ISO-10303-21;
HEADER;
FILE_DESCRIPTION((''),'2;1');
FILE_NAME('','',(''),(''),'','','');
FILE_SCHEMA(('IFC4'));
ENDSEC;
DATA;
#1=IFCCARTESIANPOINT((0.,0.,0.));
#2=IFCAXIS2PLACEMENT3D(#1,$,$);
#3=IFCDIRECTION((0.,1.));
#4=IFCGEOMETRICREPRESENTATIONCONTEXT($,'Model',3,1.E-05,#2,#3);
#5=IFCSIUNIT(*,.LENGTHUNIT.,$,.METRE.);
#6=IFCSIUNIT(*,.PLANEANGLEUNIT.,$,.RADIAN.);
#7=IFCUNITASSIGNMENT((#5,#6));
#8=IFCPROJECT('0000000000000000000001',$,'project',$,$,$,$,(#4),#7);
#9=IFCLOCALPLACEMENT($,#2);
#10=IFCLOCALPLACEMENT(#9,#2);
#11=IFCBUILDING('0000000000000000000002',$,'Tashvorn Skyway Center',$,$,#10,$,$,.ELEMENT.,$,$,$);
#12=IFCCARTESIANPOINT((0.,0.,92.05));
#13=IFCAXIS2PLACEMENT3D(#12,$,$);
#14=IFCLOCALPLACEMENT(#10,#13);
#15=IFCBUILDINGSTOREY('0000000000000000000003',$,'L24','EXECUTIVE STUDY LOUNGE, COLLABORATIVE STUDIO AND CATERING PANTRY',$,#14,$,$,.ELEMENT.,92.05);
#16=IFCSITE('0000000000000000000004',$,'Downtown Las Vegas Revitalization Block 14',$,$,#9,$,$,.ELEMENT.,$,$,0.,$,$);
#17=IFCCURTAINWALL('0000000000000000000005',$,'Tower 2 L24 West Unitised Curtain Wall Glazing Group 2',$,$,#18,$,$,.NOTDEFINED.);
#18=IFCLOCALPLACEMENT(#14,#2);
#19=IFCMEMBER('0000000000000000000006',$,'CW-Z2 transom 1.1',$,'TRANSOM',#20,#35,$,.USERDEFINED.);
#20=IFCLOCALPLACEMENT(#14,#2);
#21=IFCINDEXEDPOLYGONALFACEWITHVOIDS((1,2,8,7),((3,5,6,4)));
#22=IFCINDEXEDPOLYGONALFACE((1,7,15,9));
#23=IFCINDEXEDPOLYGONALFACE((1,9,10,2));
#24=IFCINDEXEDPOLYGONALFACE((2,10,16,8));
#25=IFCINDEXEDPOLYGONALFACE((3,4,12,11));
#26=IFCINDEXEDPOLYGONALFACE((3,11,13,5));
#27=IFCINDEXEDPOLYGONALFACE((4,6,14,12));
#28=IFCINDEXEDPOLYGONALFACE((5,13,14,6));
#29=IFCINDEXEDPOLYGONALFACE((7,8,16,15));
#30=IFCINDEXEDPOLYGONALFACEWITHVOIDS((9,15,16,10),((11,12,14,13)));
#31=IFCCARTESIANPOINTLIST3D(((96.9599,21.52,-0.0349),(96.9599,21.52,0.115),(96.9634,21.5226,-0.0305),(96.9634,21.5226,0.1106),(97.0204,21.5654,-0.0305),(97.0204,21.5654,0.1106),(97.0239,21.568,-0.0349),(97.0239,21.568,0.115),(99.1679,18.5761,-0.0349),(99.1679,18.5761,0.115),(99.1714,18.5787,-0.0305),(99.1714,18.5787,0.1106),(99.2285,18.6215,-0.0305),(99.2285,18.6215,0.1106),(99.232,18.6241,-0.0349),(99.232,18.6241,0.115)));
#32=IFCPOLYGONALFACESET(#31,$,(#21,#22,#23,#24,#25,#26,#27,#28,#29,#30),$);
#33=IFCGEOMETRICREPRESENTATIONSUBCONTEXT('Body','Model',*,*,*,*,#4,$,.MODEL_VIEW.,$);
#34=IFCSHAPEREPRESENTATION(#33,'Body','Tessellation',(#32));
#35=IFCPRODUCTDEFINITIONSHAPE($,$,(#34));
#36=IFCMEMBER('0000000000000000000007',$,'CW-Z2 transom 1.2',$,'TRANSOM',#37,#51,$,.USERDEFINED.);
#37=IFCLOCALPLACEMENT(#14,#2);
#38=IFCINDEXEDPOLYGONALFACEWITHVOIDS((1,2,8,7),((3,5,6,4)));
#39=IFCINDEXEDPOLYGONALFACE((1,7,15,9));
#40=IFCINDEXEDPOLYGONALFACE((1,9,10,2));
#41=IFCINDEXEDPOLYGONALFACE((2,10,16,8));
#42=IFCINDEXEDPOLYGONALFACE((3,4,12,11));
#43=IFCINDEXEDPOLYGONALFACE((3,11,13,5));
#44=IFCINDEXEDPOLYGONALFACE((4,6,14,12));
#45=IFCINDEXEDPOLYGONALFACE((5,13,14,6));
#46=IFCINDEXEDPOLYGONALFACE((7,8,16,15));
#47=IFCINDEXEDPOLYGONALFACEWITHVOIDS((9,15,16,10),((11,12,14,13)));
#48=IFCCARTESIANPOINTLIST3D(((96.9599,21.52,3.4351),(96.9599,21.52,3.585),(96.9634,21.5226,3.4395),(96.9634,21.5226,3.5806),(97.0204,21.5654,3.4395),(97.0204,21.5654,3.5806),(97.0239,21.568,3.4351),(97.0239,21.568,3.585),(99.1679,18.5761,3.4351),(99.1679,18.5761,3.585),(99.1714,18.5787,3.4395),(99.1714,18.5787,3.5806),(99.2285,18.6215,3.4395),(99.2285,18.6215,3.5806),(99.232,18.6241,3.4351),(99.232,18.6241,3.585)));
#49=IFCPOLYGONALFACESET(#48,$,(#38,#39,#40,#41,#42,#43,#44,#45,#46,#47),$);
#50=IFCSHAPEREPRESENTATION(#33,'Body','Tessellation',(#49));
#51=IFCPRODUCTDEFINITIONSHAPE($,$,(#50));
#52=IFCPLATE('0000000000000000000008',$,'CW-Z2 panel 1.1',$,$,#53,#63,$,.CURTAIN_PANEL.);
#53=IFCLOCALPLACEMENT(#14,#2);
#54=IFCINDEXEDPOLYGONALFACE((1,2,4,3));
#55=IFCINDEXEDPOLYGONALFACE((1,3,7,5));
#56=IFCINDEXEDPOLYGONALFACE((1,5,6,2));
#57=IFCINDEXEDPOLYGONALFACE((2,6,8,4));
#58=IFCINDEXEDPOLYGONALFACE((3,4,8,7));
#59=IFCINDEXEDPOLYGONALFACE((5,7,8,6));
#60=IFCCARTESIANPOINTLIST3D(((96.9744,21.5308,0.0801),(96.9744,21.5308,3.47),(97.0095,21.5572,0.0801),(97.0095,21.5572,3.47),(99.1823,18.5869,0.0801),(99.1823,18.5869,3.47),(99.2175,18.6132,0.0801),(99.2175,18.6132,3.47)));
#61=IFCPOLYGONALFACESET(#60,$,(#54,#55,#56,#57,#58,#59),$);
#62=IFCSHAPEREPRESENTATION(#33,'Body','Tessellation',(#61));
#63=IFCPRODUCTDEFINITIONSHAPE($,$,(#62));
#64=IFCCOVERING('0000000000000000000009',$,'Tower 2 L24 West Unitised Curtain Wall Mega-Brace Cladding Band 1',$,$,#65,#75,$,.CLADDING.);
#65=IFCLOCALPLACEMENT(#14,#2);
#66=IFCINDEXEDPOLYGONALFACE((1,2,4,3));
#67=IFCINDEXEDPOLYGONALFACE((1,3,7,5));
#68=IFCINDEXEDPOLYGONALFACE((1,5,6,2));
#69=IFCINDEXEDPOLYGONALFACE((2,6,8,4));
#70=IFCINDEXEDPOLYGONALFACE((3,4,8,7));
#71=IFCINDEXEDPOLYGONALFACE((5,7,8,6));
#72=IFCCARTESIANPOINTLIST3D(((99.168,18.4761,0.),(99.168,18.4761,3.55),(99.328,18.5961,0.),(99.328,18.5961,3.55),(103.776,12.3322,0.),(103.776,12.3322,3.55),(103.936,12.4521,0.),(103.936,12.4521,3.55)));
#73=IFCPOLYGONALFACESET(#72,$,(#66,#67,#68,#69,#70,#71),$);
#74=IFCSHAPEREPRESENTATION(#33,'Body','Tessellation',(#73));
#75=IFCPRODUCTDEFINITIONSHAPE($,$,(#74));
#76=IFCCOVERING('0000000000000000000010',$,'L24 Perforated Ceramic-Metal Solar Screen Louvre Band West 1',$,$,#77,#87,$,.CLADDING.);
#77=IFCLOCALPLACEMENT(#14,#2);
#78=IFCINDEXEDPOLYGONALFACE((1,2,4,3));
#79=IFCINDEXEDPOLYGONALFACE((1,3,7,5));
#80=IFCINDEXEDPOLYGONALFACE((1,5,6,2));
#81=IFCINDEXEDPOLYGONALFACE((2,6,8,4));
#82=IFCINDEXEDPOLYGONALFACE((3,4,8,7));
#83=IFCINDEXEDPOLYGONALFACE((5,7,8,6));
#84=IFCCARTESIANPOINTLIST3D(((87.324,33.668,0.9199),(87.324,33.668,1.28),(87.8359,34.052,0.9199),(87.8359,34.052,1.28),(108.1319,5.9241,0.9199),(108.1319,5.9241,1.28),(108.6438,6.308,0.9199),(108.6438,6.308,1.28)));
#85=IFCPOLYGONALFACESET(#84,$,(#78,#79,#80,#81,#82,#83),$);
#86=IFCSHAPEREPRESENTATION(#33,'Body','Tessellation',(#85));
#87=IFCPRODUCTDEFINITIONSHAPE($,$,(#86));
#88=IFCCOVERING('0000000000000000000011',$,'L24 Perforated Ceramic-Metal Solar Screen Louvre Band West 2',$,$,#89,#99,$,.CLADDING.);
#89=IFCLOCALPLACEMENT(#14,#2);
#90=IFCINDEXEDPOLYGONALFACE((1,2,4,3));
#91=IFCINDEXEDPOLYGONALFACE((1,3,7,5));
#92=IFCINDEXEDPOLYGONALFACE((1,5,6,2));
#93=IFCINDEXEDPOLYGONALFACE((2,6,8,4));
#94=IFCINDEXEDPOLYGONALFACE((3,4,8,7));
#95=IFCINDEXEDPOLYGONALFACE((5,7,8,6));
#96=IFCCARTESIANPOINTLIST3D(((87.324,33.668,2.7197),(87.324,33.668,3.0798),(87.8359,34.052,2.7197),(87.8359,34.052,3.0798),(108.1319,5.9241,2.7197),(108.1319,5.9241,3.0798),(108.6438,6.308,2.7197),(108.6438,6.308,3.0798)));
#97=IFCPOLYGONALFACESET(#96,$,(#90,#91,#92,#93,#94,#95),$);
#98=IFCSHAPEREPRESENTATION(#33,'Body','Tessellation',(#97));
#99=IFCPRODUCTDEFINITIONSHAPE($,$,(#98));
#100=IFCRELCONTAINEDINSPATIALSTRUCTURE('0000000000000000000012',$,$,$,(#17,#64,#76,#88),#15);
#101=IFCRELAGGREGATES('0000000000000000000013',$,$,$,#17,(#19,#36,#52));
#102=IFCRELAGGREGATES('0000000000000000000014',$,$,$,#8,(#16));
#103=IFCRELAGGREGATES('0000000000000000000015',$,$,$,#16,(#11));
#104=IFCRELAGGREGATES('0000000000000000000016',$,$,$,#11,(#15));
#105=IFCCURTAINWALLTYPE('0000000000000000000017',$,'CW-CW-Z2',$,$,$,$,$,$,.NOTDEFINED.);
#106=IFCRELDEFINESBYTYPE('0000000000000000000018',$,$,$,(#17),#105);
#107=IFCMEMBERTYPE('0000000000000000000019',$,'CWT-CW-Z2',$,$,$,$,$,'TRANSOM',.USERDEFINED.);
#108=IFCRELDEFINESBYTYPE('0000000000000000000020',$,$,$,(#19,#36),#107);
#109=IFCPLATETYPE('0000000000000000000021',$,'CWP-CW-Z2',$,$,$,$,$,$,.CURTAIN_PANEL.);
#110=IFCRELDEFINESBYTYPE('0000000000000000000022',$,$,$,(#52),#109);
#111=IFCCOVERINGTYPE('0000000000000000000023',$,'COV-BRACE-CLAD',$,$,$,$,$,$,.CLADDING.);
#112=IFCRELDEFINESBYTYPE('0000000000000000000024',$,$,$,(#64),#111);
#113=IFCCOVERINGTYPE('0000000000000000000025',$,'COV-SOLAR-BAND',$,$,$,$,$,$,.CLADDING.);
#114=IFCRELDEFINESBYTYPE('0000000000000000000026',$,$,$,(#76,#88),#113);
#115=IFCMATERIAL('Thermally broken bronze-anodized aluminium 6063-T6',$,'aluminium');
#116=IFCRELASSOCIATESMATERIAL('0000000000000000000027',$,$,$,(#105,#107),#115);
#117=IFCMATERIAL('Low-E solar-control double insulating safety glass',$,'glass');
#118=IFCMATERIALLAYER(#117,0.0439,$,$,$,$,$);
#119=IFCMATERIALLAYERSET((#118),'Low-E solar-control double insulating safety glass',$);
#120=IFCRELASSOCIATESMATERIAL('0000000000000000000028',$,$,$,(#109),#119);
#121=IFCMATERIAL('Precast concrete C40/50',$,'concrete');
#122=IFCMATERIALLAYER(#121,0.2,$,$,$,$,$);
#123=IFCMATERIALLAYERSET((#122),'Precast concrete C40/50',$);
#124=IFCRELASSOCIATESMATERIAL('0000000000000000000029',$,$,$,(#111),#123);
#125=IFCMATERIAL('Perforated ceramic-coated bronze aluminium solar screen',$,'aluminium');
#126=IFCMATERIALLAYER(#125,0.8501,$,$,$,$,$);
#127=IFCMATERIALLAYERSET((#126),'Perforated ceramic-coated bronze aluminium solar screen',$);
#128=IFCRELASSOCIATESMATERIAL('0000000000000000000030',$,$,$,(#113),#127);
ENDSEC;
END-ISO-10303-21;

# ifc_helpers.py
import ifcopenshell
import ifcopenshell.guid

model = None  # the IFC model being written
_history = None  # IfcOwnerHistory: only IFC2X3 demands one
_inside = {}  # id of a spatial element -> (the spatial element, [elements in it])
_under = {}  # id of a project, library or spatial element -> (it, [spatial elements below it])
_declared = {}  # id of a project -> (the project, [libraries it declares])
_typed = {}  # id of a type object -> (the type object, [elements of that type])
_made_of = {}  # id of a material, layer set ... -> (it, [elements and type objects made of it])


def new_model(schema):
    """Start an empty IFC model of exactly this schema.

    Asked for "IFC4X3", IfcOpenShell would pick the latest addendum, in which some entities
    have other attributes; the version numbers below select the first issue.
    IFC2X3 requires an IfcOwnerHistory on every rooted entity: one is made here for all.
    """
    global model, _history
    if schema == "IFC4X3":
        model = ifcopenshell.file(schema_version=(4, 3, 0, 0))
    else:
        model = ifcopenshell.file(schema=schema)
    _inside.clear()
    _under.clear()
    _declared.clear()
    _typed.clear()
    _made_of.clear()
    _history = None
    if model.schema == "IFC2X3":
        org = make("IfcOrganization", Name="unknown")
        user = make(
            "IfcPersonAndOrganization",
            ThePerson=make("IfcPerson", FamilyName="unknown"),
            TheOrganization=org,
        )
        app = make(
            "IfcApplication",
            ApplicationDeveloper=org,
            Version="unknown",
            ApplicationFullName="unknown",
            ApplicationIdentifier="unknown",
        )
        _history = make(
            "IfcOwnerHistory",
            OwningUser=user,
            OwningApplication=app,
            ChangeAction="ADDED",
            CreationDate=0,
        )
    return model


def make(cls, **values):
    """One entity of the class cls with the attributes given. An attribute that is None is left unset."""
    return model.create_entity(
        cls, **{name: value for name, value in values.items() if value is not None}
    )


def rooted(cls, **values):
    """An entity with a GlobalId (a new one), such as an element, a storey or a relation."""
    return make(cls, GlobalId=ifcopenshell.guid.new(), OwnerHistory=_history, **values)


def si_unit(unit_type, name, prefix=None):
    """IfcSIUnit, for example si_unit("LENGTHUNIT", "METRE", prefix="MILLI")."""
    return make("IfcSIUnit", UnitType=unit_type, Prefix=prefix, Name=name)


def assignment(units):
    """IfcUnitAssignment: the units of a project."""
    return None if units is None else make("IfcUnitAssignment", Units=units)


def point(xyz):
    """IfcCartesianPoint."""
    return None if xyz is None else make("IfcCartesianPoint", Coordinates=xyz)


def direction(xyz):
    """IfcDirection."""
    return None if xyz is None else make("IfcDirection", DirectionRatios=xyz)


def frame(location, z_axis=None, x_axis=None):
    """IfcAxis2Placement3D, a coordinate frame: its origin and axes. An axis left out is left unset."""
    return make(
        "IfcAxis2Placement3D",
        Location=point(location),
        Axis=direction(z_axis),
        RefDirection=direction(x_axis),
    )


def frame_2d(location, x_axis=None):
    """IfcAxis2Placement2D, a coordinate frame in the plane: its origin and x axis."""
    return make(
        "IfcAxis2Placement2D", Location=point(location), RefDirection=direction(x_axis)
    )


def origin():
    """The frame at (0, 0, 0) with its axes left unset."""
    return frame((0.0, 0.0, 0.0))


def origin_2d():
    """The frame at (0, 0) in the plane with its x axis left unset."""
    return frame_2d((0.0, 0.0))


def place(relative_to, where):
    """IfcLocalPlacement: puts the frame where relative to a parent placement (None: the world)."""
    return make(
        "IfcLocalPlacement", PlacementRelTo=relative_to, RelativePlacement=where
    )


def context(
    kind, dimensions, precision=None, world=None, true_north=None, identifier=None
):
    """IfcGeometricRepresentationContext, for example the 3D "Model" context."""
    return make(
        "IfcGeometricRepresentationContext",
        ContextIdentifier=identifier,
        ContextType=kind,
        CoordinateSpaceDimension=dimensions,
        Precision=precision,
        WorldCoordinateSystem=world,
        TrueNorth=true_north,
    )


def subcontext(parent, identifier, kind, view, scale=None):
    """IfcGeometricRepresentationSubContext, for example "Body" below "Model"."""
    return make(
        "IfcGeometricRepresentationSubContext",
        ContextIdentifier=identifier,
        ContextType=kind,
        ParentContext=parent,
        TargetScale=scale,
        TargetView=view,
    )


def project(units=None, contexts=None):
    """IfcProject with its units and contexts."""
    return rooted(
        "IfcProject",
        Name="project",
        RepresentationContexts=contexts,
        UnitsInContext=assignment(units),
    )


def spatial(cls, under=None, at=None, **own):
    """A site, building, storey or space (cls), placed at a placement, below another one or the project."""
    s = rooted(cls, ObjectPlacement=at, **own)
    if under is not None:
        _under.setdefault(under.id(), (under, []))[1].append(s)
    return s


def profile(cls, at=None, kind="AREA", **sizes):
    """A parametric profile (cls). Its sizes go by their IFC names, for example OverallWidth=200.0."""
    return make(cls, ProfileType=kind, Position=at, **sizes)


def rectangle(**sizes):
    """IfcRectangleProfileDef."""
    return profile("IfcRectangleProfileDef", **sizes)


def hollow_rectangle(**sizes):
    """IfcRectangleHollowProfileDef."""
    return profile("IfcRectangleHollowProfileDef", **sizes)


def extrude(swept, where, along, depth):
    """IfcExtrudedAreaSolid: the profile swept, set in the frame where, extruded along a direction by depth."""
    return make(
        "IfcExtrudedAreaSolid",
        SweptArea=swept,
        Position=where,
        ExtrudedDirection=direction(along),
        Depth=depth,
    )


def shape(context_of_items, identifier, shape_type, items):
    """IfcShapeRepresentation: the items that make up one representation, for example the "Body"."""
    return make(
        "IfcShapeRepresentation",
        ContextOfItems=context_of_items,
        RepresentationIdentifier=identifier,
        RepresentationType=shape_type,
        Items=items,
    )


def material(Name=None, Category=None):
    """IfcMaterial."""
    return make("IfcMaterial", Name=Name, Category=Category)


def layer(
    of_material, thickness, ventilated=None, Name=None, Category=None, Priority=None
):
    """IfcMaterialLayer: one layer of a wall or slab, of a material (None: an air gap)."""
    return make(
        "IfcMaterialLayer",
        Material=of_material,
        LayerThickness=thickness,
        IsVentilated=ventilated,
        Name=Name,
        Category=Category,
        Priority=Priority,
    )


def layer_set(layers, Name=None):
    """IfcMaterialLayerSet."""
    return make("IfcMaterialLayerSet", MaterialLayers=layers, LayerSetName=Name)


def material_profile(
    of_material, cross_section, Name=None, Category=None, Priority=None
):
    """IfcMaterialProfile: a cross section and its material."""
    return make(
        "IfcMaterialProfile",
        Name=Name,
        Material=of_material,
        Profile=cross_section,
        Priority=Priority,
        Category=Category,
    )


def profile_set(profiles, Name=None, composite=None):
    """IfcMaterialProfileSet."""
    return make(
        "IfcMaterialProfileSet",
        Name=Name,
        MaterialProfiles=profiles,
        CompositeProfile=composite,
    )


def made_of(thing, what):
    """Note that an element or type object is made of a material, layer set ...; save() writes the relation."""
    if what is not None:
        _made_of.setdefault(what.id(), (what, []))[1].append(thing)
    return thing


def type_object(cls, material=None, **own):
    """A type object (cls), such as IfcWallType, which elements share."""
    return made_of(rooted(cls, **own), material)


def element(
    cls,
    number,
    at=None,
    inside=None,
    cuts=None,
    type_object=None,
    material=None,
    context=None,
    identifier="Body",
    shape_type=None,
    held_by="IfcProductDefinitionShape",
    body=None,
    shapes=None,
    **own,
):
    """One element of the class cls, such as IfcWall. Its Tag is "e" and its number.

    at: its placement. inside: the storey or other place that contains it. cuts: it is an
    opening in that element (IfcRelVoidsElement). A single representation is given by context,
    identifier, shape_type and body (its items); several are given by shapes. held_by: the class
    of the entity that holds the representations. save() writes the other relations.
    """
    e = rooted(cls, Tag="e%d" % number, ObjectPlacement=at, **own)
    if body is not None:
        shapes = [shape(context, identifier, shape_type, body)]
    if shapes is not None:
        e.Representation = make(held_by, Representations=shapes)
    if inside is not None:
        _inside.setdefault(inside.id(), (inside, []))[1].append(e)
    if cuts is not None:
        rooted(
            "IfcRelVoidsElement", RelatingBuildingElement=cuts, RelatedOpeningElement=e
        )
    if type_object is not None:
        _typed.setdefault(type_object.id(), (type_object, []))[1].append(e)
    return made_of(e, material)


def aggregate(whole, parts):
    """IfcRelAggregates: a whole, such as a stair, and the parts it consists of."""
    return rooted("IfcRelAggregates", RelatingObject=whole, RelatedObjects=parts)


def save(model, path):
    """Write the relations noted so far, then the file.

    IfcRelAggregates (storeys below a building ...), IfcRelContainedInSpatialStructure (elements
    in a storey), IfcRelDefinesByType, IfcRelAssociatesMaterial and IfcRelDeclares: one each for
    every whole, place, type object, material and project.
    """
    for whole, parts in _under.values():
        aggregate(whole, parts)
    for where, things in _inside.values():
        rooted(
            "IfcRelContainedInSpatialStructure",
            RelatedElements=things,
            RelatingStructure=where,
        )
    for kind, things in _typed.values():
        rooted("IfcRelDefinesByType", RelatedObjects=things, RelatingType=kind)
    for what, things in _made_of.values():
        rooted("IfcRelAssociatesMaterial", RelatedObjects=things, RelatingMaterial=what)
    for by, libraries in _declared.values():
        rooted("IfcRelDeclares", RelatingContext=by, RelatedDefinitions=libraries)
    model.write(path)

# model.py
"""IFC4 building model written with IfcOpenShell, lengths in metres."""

from ifc_helpers import new_model, si_unit, direction, frame, origin, origin_2d, place, context, subcontext, project, spatial, rectangle, hollow_rectangle, extrude, material, layer, layer_set, material_profile, profile_set, type_object, element, aggregate, save


model = new_model("IFC4")

# Units and contexts
model_context = context("Model", 3, precision=1e-05, world=origin(), true_north=direction((0.0, 1.0)))
body_context = subcontext(model_context, "Body", "Model", "MODEL_VIEW")
ifc_project = project(units=[si_unit("LENGTHUNIT", "METRE"), si_unit("PLANEANGLEUNIT", "RADIAN")], contexts=[model_context])

# Site, building, storey
site_placement = place(None, origin())
site = spatial("IfcSite", under=ifc_project, at=site_placement, Name="Downtown Las Vegas Revitalization Block 14", CompositionType="ELEMENT", RefElevation=0.0)
building_placement = place(site_placement, origin())
building = spatial("IfcBuilding", under=site, at=building_placement, Name="Tashvorn Skyway Center", CompositionType="ELEMENT")
storey_placement = place(building_placement, frame((0.0, 0.0, 92.05)))
storey = spatial("IfcBuildingStorey", under=building, at=storey_placement, Name="L24", Description="EXECUTIVE STUDY LOUNGE, COLLABORATIVE STUDIO AND CATERING PANTRY", CompositionType="ELEMENT", Elevation=92.05)

# Shared definitions
ifc_material_1 = material(Name="Thermally broken bronze-anodized aluminium 6063-T6", Category="aluminium")
curtain_wall_type = type_object("IfcCurtainWallType", Name="CW-CW-Z2", PredefinedType="NOTDEFINED", material=ifc_material_1)

# Curtain wall, members, plate
curtain_wall_1_placement = place(storey_placement, origin())
curtain_wall_1 = element("IfcCurtainWall", 1, at=curtain_wall_1_placement, inside=storey, type_object=curtain_wall_type, Name="Tower 2 L24 West Unitised Curtain Wall Glazing Group 2", PredefinedType="NOTDEFINED")
ifc_material_profile_1 = material_profile(ifc_material_1, hollow_rectangle(XDim=0.0801, YDim=0.1499, WallThickness=0.0044, at=origin_2d()), Name="ALU-TRAN-80x150")
ifc_profile_set_1 = profile_set([ifc_material_profile_1], Name="Thermally broken bronze-anodized aluminium 6063-T6")
member_type_1 = type_object("IfcMemberType", Name="CWT-CW-Z2", ElementType="TRANSOM", PredefinedType="USERDEFINED", material=ifc_profile_set_1)
member_1_placement = place(storey_placement, frame((99.2, 18.6001, 0.04), z_axis=(-0.600021, 0.799984, 0.0), x_axis=(-0.799984, -0.600021, 0.0)))
member_1 = element("IfcMember", 2, at=member_1_placement, type_object=member_type_1, Name="CW-Z2 transom 1.1", ObjectType="TRANSOM", PredefinedType="USERDEFINED", context=body_context, shape_type="SweptSolid", body=[
    extrude(hollow_rectangle(XDim=0.0801, YDim=0.1499, WallThickness=0.0044, at=origin_2d()), origin(), (0.0, 0.0, 1.0), 3.6799),
])
member_2_placement = place(storey_placement, frame((99.2, 18.6001, 3.51), z_axis=(-0.600021, 0.799984, 0.0), x_axis=(-0.799984, -0.600021, 0.0)))
member_2 = element("IfcMember", 3, at=member_2_placement, type_object=member_type_1, Name="CW-Z2 transom 1.2", ObjectType="TRANSOM", PredefinedType="USERDEFINED", context=body_context, shape_type="SweptSolid", body=[
    extrude(hollow_rectangle(XDim=0.0801, YDim=0.1499, WallThickness=0.0044, at=origin_2d()), origin(), (0.0, 0.0, 1.0), 3.6799),
])
ifc_material_2 = material(Name="Low-E solar-control double insulating safety glass", Category="glass")
ifc_layer_1 = layer(ifc_material_2, 0.0439)
ifc_layer_set_1 = layer_set([ifc_layer_1], Name="Low-E solar-control double insulating safety glass")
plate_type = type_object("IfcPlateType", Name="CWP-CW-Z2", PredefinedType="CURTAIN_PANEL", material=ifc_layer_set_1)
plate_placement = place(storey_placement, frame((98.0959, 20.072, 0.0801), z_axis=(0.0, 0.0, 1.0), x_axis=(-0.6, 0.8, 0.0)))
plate = element("IfcPlate", 4, at=plate_placement, type_object=plate_type, Name="CW-Z2 panel 1.1", PredefinedType="CURTAIN_PANEL", context=body_context, shape_type="SweptSolid", body=[
    extrude(rectangle(XDim=3.6799, YDim=0.0439, at=origin_2d()), origin(), (0.0, 0.0, 1.0), 3.3899),
])
aggregate(curtain_wall_1, [member_1, member_2, plate])

# Coverings
ifc_material_3 = material(Name="Precast concrete C40/50", Category="concrete")
ifc_layer_2 = layer(ifc_material_3, 0.2)
ifc_layer_set_2 = layer_set([ifc_layer_2], Name="Precast concrete C40/50")
covering_type_1 = type_object("IfcCoveringType", Name="COV-BRACE-CLAD", PredefinedType="CLADDING", material=ifc_layer_set_2)
covering_placement = place(storey_placement, frame((101.552, 15.4641, 0.0), z_axis=(0.0, 0.0, 1.0), x_axis=(-0.6, 0.8, 0.0)))
element("IfcCovering", 5, at=covering_placement, inside=storey, type_object=covering_type_1, Name="Tower 2 L24 West Unitised Curtain Wall Mega-Brace Cladding Band 1", PredefinedType="CLADDING", context=body_context, shape_type="SweptSolid", body=[
    extrude(rectangle(XDim=7.6799, YDim=0.2, at=origin_2d()), origin(), (0.0, 0.0, 1.0), 3.55),
])
ifc_material_4 = material(Name="Perforated ceramic-coated bronze aluminium solar screen", Category="aluminium")
ifc_layer_3 = layer(ifc_material_4, 0.8501)
ifc_layer_set_3 = layer_set([ifc_layer_3], Name="Perforated ceramic-coated bronze aluminium solar screen")
covering_type_2 = type_object("IfcCoveringType", Name="COV-SOLAR-BAND", PredefinedType="CLADDING", material=ifc_layer_set_3)
for number, where, z_axis, x_axis, name in (
    (6, (97.9839, 19.988, 0.9199), (0.0, 0.0, 1.0), (-0.6, 0.8, 0.0), "L24 Perforated Ceramic-Metal Solar Screen Louvre Band West 1"),
    (7, (97.9839, 19.988, 2.7197), (0.0, 0.0, 1.0), (-0.6, 0.8, 0.0), "L24 Perforated Ceramic-Metal Solar Screen Louvre Band West 2"),
):
    element("IfcCovering", number, at=place(storey_placement, frame(where, z_axis=z_axis, x_axis=x_axis)), inside=storey, type_object=covering_type_2, Name=name, PredefinedType="CLADDING", context=body_context, shape_type="SweptSolid", body=[
        extrude(rectangle(XDim=34.6799, YDim=0.6399, at=origin_2d()), origin(), (0.0, 0.0, 1.0), 0.3601),
    ])

save(model, "model.ifc")
